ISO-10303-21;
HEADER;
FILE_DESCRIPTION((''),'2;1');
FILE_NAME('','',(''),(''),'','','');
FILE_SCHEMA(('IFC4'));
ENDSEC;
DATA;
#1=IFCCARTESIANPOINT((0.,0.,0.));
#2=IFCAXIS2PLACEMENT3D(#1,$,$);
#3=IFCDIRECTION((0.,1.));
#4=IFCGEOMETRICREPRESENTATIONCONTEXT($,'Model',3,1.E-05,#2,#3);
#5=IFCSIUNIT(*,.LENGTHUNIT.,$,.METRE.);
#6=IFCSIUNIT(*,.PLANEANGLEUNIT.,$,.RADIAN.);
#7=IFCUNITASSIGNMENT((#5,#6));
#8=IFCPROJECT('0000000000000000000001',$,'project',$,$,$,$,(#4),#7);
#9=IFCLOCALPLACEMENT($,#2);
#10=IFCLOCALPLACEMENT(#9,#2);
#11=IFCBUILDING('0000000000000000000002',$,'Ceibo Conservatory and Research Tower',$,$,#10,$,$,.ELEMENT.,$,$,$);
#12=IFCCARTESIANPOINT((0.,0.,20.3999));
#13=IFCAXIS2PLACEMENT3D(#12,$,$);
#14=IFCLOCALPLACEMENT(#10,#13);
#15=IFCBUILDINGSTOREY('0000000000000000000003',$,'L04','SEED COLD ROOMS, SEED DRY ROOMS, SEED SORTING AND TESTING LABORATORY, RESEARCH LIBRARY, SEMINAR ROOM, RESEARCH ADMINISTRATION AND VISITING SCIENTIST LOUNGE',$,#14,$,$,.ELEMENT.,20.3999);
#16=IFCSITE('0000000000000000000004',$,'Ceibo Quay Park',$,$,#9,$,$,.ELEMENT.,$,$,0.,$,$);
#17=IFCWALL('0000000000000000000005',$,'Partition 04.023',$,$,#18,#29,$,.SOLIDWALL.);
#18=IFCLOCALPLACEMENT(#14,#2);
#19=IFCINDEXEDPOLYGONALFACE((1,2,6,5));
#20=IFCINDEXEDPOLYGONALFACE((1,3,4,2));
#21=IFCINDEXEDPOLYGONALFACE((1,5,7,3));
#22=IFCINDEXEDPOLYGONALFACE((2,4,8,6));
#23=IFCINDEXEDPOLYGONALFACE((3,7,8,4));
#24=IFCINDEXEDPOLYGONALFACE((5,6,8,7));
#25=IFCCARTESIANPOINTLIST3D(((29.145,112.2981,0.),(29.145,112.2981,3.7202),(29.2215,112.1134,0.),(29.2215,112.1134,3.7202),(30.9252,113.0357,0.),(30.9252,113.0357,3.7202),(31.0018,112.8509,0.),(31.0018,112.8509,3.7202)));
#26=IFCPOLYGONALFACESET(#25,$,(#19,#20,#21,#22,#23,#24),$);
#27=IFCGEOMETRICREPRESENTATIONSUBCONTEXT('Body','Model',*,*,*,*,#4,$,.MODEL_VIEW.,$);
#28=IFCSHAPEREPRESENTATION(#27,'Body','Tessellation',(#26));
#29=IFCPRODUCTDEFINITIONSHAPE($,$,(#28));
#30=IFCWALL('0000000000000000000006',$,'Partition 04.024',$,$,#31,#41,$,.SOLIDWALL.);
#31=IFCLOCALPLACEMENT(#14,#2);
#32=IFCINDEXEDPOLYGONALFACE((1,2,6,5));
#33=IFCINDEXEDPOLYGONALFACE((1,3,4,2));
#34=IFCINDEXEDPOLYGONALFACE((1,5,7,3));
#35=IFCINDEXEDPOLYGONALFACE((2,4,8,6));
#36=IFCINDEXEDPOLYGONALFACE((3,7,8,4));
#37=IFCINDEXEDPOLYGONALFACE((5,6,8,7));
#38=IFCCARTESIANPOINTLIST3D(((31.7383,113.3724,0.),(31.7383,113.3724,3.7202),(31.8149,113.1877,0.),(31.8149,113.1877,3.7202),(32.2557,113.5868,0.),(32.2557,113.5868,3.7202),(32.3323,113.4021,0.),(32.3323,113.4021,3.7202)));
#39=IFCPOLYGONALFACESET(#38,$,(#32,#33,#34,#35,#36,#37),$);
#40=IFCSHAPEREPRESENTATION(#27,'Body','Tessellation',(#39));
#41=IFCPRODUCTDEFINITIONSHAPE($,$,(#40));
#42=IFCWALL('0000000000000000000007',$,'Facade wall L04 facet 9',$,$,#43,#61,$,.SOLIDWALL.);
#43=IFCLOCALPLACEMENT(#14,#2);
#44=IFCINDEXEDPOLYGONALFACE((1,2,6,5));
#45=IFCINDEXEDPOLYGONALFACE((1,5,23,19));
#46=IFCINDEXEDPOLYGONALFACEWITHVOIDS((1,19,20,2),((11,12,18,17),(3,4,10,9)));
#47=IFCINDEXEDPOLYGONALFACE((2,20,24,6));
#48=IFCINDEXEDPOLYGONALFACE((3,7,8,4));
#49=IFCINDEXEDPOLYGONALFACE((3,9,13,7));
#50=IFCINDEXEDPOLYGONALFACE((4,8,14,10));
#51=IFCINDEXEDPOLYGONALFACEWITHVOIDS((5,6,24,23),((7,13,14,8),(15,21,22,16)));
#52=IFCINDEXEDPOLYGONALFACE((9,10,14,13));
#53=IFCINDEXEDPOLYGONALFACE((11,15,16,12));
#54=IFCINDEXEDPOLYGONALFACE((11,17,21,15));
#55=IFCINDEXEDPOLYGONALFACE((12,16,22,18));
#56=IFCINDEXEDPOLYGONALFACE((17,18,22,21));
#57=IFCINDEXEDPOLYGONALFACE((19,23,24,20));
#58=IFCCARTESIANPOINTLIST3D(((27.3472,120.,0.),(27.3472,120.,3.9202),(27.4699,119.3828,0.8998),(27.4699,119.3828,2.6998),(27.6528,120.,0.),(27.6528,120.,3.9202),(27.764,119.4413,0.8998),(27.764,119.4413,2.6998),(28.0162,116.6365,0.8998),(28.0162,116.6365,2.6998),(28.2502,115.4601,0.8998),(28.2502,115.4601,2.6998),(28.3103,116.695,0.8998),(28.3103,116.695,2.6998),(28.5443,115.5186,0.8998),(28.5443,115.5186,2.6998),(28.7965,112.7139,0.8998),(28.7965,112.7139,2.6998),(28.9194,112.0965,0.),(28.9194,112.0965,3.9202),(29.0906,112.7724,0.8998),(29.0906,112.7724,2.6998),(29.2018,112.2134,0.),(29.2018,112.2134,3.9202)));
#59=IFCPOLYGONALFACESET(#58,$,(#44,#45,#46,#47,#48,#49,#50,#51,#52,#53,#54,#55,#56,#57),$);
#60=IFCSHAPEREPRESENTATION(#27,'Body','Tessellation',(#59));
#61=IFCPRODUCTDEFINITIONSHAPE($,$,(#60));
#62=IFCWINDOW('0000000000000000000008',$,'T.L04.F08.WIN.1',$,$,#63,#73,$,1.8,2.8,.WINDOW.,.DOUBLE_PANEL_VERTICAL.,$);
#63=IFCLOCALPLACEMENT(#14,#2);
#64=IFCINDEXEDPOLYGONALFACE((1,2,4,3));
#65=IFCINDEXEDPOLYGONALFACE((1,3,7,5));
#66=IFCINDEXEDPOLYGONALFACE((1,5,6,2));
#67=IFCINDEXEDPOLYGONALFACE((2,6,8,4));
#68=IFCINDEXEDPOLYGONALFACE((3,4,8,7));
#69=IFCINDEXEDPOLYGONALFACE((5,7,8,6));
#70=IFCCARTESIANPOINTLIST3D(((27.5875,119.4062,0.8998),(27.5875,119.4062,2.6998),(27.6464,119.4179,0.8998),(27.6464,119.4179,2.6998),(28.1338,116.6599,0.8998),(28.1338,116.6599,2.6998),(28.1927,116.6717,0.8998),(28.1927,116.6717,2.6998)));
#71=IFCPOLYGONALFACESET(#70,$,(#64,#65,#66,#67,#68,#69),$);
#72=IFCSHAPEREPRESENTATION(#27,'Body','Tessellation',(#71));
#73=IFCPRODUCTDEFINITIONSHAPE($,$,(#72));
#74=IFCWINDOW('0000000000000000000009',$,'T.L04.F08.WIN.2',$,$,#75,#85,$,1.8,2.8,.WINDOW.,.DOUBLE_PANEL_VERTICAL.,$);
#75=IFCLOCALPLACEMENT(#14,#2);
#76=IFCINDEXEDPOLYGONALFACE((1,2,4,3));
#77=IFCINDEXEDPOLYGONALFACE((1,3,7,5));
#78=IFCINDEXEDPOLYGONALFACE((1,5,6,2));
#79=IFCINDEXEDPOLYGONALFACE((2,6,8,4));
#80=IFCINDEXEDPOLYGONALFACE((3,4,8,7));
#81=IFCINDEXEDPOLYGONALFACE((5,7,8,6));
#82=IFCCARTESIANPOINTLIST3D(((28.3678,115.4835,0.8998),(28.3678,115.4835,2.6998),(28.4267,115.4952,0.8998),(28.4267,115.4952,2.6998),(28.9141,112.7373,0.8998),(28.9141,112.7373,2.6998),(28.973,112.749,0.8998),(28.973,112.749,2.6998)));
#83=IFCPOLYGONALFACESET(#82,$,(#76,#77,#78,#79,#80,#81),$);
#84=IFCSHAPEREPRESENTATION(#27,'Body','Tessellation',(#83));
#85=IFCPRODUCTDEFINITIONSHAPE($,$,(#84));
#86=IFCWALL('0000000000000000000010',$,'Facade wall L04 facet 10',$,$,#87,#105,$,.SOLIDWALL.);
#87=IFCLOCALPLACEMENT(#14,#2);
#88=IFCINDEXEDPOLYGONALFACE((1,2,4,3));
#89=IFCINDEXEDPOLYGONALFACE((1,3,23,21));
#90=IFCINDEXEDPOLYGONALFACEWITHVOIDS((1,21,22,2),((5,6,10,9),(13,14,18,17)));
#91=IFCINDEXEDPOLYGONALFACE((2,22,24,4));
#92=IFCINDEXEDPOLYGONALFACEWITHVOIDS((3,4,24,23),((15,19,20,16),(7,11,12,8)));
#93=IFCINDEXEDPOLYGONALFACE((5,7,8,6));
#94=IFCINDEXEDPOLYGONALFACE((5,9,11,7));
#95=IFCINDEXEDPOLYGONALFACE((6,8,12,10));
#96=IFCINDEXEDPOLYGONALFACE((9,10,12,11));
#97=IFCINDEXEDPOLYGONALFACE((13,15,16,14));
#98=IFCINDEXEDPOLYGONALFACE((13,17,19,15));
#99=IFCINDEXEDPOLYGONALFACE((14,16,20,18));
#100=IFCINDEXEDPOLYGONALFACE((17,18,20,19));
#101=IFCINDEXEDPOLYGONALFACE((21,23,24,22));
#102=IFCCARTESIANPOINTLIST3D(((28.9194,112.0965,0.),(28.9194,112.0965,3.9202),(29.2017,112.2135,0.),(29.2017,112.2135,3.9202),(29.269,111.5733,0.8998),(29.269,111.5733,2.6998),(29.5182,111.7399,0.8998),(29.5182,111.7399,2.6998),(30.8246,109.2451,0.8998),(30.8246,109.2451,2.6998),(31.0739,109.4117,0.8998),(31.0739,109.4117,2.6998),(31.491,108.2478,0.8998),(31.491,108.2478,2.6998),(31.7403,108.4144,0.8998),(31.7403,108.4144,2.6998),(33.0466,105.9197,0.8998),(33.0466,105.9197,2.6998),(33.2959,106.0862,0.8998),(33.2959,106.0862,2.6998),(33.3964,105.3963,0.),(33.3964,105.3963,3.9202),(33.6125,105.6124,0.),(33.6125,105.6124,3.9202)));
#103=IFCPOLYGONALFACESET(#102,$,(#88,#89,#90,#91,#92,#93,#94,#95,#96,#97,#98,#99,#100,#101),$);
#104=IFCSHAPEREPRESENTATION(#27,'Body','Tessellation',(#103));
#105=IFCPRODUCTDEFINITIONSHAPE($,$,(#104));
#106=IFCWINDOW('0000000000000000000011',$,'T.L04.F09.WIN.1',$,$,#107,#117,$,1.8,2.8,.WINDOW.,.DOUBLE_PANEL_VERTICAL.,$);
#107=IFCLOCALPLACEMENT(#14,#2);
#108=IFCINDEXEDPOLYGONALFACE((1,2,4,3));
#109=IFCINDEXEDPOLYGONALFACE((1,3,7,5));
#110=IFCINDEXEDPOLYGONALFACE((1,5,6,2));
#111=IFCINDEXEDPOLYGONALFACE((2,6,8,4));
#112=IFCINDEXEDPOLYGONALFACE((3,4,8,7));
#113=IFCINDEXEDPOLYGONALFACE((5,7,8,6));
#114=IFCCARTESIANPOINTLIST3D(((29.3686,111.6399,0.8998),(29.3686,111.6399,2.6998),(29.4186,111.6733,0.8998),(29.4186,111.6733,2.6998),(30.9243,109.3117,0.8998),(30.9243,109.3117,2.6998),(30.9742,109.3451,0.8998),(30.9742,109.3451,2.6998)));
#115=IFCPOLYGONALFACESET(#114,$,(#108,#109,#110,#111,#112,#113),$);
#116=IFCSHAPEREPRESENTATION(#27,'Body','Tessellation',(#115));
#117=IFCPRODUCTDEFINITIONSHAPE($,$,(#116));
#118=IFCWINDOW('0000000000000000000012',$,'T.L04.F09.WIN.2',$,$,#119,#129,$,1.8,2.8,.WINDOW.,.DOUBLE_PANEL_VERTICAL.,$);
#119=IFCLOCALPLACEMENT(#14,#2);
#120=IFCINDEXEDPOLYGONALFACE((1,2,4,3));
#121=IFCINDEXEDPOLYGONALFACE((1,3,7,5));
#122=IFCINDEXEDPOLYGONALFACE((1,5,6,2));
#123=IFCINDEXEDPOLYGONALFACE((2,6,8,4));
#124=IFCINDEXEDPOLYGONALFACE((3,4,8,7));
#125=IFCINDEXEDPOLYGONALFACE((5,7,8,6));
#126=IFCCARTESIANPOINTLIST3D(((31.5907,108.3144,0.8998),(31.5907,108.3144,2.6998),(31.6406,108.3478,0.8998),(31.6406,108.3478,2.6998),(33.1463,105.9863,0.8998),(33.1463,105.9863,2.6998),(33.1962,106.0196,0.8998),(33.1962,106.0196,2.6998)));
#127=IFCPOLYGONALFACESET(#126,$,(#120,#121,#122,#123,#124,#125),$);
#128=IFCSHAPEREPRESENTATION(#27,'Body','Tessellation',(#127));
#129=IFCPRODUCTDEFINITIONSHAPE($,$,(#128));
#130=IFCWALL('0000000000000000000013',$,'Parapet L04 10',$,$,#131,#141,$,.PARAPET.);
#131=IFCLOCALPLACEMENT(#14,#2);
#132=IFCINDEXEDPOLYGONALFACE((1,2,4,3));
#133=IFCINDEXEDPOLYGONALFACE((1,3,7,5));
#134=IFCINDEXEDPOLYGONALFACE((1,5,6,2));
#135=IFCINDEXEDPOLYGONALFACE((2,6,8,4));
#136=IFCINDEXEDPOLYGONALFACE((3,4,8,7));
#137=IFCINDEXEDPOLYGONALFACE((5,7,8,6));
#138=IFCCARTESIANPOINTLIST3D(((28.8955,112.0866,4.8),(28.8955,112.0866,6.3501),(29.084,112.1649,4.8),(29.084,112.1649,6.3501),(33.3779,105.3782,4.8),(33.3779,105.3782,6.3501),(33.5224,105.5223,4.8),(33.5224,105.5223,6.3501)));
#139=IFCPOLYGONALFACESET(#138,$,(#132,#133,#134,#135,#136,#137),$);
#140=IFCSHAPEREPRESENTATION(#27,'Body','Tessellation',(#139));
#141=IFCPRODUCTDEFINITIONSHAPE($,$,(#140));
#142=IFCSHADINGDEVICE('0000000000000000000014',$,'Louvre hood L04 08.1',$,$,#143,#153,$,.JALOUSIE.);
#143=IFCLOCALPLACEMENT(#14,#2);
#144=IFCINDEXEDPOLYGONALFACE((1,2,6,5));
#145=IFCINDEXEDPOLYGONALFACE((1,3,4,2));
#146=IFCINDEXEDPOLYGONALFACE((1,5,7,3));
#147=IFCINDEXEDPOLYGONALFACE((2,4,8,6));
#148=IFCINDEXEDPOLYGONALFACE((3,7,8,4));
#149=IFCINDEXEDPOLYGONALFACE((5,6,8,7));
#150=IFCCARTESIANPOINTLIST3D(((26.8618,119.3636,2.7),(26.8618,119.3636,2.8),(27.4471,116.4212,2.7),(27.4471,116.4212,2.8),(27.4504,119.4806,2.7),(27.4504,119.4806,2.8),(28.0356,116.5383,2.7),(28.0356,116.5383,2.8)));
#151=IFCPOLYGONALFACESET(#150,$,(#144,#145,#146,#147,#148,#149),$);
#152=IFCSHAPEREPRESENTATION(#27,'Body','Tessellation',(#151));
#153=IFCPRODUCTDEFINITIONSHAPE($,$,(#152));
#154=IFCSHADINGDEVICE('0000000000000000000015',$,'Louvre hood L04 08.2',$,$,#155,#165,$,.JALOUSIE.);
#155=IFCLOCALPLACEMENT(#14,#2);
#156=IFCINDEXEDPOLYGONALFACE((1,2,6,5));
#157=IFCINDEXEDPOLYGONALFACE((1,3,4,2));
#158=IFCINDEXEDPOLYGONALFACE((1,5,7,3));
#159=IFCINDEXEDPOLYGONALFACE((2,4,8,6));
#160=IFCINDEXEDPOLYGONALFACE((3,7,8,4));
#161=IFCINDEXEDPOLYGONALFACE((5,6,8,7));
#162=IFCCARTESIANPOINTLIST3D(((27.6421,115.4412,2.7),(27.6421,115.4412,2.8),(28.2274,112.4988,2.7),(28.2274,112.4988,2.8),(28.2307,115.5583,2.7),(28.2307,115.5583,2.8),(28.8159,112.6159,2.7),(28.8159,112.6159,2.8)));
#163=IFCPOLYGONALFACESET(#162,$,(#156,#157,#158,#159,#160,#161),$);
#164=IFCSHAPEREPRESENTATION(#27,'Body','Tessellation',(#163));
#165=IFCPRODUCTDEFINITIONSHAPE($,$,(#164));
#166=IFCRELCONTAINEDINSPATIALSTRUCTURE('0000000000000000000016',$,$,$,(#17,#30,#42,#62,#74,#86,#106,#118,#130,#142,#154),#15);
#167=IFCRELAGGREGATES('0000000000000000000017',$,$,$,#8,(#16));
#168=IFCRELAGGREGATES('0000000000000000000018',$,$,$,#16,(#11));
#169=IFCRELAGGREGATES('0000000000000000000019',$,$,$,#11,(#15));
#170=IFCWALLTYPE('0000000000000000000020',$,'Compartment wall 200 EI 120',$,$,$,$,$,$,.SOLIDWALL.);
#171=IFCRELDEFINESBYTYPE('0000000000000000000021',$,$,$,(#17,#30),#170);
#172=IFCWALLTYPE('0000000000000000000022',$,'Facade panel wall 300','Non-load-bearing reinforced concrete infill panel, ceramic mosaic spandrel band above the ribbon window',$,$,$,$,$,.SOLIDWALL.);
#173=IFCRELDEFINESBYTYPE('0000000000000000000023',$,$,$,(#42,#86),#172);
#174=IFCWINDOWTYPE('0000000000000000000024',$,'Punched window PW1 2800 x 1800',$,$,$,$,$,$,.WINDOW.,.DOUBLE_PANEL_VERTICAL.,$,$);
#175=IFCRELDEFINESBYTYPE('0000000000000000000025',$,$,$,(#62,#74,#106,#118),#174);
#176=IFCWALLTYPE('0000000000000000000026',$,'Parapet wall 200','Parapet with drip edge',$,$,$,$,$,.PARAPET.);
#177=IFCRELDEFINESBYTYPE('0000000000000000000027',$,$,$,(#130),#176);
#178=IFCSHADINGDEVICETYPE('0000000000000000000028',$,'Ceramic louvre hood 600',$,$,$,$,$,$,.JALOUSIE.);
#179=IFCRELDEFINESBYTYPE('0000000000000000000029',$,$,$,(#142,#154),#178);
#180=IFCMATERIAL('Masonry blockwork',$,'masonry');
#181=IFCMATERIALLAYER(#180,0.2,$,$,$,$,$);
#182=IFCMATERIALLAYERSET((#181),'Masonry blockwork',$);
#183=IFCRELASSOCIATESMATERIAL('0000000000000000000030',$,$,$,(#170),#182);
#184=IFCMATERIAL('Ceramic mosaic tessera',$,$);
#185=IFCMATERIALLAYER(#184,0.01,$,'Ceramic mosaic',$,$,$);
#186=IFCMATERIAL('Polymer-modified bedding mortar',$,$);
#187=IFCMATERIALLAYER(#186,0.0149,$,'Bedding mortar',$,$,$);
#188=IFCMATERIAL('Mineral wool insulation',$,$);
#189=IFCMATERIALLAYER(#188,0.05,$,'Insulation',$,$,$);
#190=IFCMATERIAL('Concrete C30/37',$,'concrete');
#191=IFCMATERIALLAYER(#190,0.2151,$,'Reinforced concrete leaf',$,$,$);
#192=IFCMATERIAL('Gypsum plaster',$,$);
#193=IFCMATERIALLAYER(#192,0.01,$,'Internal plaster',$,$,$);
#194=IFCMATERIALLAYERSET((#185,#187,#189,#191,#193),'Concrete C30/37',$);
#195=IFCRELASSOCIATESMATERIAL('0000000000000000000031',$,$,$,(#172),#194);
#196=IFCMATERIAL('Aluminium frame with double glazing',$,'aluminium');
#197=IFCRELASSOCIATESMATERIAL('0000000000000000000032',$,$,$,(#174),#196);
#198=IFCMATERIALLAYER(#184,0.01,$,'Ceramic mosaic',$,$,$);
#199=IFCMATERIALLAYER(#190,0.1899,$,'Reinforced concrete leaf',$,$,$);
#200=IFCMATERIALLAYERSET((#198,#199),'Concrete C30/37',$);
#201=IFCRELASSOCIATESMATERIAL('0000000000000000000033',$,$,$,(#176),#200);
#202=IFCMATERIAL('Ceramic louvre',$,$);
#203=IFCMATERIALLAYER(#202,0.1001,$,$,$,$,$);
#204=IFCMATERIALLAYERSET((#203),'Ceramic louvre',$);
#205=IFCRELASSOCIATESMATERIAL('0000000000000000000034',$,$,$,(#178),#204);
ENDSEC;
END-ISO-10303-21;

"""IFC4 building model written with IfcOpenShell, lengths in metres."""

from ifc_helpers import new_model, si_unit, direction, frame, frame_2d, origin, origin_2d, place, context, subcontext, project, spatial, polyline, rectangle, outline, extrude, material, layer, layer_set, type_object, element, fill, save


model = new_model("IFC4")

# Units and contexts
model_context = context("Model", 3, precision=1e-05, world=origin(), true_north=direction((0.0, 1.0)))
body_context = subcontext(model_context, "Body", "Model", "MODEL_VIEW")
ifc_project = project(units=[si_unit("LENGTHUNIT", "METRE"), si_unit("PLANEANGLEUNIT", "RADIAN")], contexts=[model_context])

# Site, building, storey
site_placement = place(None, origin())
site = spatial("IfcSite", under=ifc_project, at=site_placement, Name="Ceibo Quay Park", CompositionType="ELEMENT", RefElevation=0.0)
building_placement = place(site_placement, origin())
building = spatial("IfcBuilding", under=site, at=building_placement, Name="Ceibo Conservatory and Research Tower", CompositionType="ELEMENT")
storey_placement = place(building_placement, frame((0.0, 0.0, 20.3999)))
storey = spatial("IfcBuildingStorey", under=building, at=storey_placement, Name="L04", Description="SEED COLD ROOMS, SEED DRY ROOMS, SEED SORTING AND TESTING LABORATORY, RESEARCH LIBRARY, SEMINAR ROOM, RESEARCH ADMINISTRATION AND VISITING SCIENTIST LOUNGE", CompositionType="ELEMENT", Elevation=20.3999)

# Walls
ifc_material_1 = material(Name="Masonry blockwork", Category="masonry")
ifc_layer_1 = layer(ifc_material_1, 0.2)
ifc_layer_set_1 = layer_set([ifc_layer_1], Name="Masonry blockwork")
wall_type_1 = type_object("IfcWallType", Name="Compartment wall 200 EI 120", PredefinedType="SOLIDWALL", material=ifc_layer_set_1)
wall_1_placement = place(storey_placement, frame((29.1833, 112.2058, 0.0), z_axis=(0.0, 0.0, 1.0), x_axis=(0.923855, 0.382743, 0.0)))
element("IfcWall", 1, at=wall_1_placement, inside=storey, type_object=wall_type_1, Name="Partition 04.023", PredefinedType="SOLIDWALL", context=body_context, shape_type="SweptSolid", body=[
    extrude(rectangle(XDim=1.927, YDim=0.2, at=frame_2d((0.9634, 0.0))), origin(), (0.0, 0.0, 1.0), 3.7202),
])
wall_2_placement = place(storey_placement, frame((31.7766, 113.28, 0.0), z_axis=(0.0, 0.0, 1.0), x_axis=(0.923836, 0.382788, 0.0)))
element("IfcWall", 2, at=wall_2_placement, inside=storey, type_object=wall_type_1, Name="Partition 04.024", PredefinedType="SOLIDWALL", context=body_context, shape_type="SweptSolid", body=[
    extrude(rectangle(XDim=0.5601, YDim=0.2, at=frame_2d((0.28, 0.0))), origin(), (0.0, 0.0, 1.0), 3.7202),
])

# Walls, openings, windows
ifc_material_2 = material(Name="Ceramic mosaic tessera")
ifc_layer_2 = layer(ifc_material_2, 0.01, Name="Ceramic mosaic")
ifc_material_3 = material(Name="Polymer-modified bedding mortar")
ifc_layer_3 = layer(ifc_material_3, 0.0149, Name="Bedding mortar")
ifc_material_4 = material(Name="Mineral wool insulation")
ifc_layer_4 = layer(ifc_material_4, 0.05, Name="Insulation")
ifc_material_5 = material(Name="Concrete C30/37", Category="concrete")
ifc_layer_5 = layer(ifc_material_5, 0.2151, Name="Reinforced concrete leaf")
ifc_material_6 = material(Name="Gypsum plaster")
ifc_layer_6 = layer(ifc_material_6, 0.01, Name="Internal plaster")
ifc_layer_set_2 = layer_set([ifc_layer_2, ifc_layer_3, ifc_layer_4, ifc_layer_5, ifc_layer_6], Name="Concrete C30/37")
wall_type_2 = type_object("IfcWallType", Name="Facade panel wall 300", Description="Non-load-bearing reinforced concrete infill panel, ceramic mosaic spandrel band above the ribbon window", PredefinedType="SOLIDWALL", material=ifc_layer_set_2)
wall_3_placement = place(storey_placement, frame((27.5, 120.0, 0.0), z_axis=(0.0, 0.0, 1.0), x_axis=(0.195101, -0.980783, 0.0)))
wall_3 = element("IfcWall", 3, at=wall_3_placement, inside=storey, type_object=wall_type_2, Name="Facade wall L04 facet 9", PredefinedType="SOLIDWALL", context=body_context, shape_type="SweptSolid", body=[
    extrude(outline(polyline([(-0.0298, -0.1499), (8.0286, -0.1499), (7.969, 0.1499), (0.0298, 0.1499), (-0.0298, -0.1499)])), origin(), (0.0, 0.0, 1.0), 3.9202),
])
opening_1_placement = place(wall_3_placement, frame((0.5996, 0.0, 0.8999)))
opening_1 = element("IfcOpeningElement", 4, at=opening_1_placement, cuts=wall_3, PredefinedType="OPENING", context=body_context, shape_type="SweptSolid", body=[
    extrude(rectangle(XDim=2.8, YDim=1.8, at=frame_2d((1.3999, 0.8999))), frame((0.0, 0.1599, 0.0), z_axis=(0.0, -1.0, 0.0), x_axis=(1.0, 0.0, 0.0)), (0.0, 0.0, 1.0), 0.3201),
])
opening_2_placement = place(wall_3_placement, frame((4.5991, 0.0, 0.8999)))
opening_2 = element("IfcOpeningElement", 5, at=opening_2_placement, cuts=wall_3, PredefinedType="OPENING", context=body_context, shape_type="SweptSolid", body=[
    extrude(rectangle(XDim=2.8, YDim=1.8, at=frame_2d((1.3999, 0.8999))), frame((0.0, 0.1599, 0.0), z_axis=(0.0, -1.0, 0.0), x_axis=(1.0, 0.0, 0.0)), (0.0, 0.0, 1.0), 0.3201),
])
ifc_material_7 = material(Name="Aluminium frame with double glazing", Category="aluminium")
window_type = type_object("IfcWindowType", Name="Punched window PW1 2800 x 1800", PartitioningType="DOUBLE_PANEL_VERTICAL", PredefinedType="WINDOW", material=ifc_material_7)
window_1_placement = place(opening_1_placement, origin())
window_1 = element("IfcWindow", 6, at=window_1_placement, inside=storey, type_object=window_type, Name="T.L04.F08.WIN.1", OverallHeight=1.8, OverallWidth=2.8, PartitioningType="DOUBLE_PANEL_VERTICAL", PredefinedType="WINDOW", context=body_context, shape_type="SweptSolid", body=[
    extrude(rectangle(XDim=2.8, YDim=1.8, at=frame_2d((1.3999, 0.8999))), frame((0.0, 0.03, 0.0), z_axis=(0.0, -1.0, 0.0), x_axis=(1.0, 0.0, 0.0)), (0.0, 0.0, 1.0), 0.0601),
])
fill(opening_1, window_1)
window_2_placement = place(opening_2_placement, origin())
window_2 = element("IfcWindow", 7, at=window_2_placement, inside=storey, type_object=window_type, Name="T.L04.F08.WIN.2", OverallHeight=1.8, OverallWidth=2.8, PartitioningType="DOUBLE_PANEL_VERTICAL", PredefinedType="WINDOW", context=body_context, shape_type="SweptSolid", body=[
    extrude(rectangle(XDim=2.8, YDim=1.8, at=frame_2d((1.3999, 0.8999))), frame((0.0, 0.03, 0.0), z_axis=(0.0, -1.0, 0.0), x_axis=(1.0, 0.0, 0.0)), (0.0, 0.0, 1.0), 0.0601),
])
fill(opening_2, window_2)
wall_4_placement = place(storey_placement, frame((29.0605, 112.155, 0.0), z_axis=(0.0, 0.0, 1.0), x_axis=(0.555573, -0.831468, 0.0)))
wall_4 = element("IfcWall", 8, at=wall_4_placement, inside=storey, type_object=wall_type_2, Name="Facade wall L04 facet 10", PredefinedType="SOLIDWALL", context=body_context, shape_type="SweptSolid", body=[
    extrude(outline(polyline([(-0.0298, -0.1499), (8.0286, -0.1499), (7.969, 0.1499), (0.0298, 0.1499), (-0.0298, -0.1499)])), origin(), (0.0, 0.0, 1.0), 3.9202),
])
opening_3_placement = place(wall_4_placement, frame((0.5996, 0.0, 0.8999)))
opening_3 = element("IfcOpeningElement", 9, at=opening_3_placement, cuts=wall_4, PredefinedType="OPENING", context=body_context, shape_type="SweptSolid", body=[
    extrude(rectangle(XDim=2.8, YDim=1.8, at=frame_2d((1.3999, 0.8999))), frame((0.0, 0.1599, 0.0), z_axis=(0.0, -1.0, 0.0), x_axis=(1.0, 0.0, 0.0)), (0.0, 0.0, 1.0), 0.3201),
])
opening_4_placement = place(wall_4_placement, frame((4.5991, 0.0, 0.8999)))
opening_4 = element("IfcOpeningElement", 10, at=opening_4_placement, cuts=wall_4, PredefinedType="OPENING", context=body_context, shape_type="SweptSolid", body=[
    extrude(rectangle(XDim=2.8, YDim=1.8, at=frame_2d((1.3999, 0.8999))), frame((0.0, 0.1599, 0.0), z_axis=(0.0, -1.0, 0.0), x_axis=(1.0, 0.0, 0.0)), (0.0, 0.0, 1.0), 0.3201),
])
window_3_placement = place(opening_3_placement, origin())
window_3 = element("IfcWindow", 11, at=window_3_placement, inside=storey, type_object=window_type, Name="T.L04.F09.WIN.1", OverallHeight=1.8, OverallWidth=2.8, PartitioningType="DOUBLE_PANEL_VERTICAL", PredefinedType="WINDOW", context=body_context, shape_type="SweptSolid", body=[
    extrude(rectangle(XDim=2.8, YDim=1.8, at=frame_2d((1.3999, 0.8999))), frame((0.0, 0.03, 0.0), z_axis=(0.0, -1.0, 0.0), x_axis=(1.0, 0.0, 0.0)), (0.0, 0.0, 1.0), 0.0601),
])
fill(opening_3, window_3)
window_4_placement = place(opening_4_placement, origin())
window_4 = element("IfcWindow", 12, at=window_4_placement, inside=storey, type_object=window_type, Name="T.L04.F09.WIN.2", OverallHeight=1.8, OverallWidth=2.8, PartitioningType="DOUBLE_PANEL_VERTICAL", PredefinedType="WINDOW", context=body_context, shape_type="SweptSolid", body=[
    extrude(rectangle(XDim=2.8, YDim=1.8, at=frame_2d((1.3999, 0.8999))), frame((0.0, 0.03, 0.0), z_axis=(0.0, -1.0, 0.0), x_axis=(1.0, 0.0, 0.0)), (0.0, 0.0, 1.0), 0.0601),
])
fill(opening_4, window_4)

# Wall
ifc_layer_7 = layer(ifc_material_2, 0.01, Name="Ceramic mosaic")
ifc_layer_8 = layer(ifc_material_5, 0.1899, Name="Reinforced concrete leaf")
ifc_layer_set_3 = layer_set([ifc_layer_7, ifc_layer_8], Name="Concrete C30/37")
wall_type_3 = type_object("IfcWallType", Name="Parapet wall 200", Description="Parapet with drip edge", PredefinedType="PARAPET", material=ifc_layer_set_3)
wall_5_placement = place(storey_placement, frame((28.9897, 112.1257, 4.8), z_axis=(0.0, 0.0, 1.0), x_axis=(0.55557, -0.83147, 0.0)))
element("IfcWall", 13, at=wall_5_placement, inside=storey, type_object=wall_type_3, Name="Parapet L04 10", PredefinedType="PARAPET", context=body_context, shape_type="SweptSolid", body=[
    extrude(outline(polyline([(-0.0198, -0.1001), (8.0483, -0.1001), (8.0088, 0.1001), (0.0198, 0.1001), (-0.0198, -0.1001)])), origin(), (0.0, 0.0, 1.0), 1.55),
])

# Shading devices
ifc_material_8 = material(Name="Ceramic louvre")
ifc_layer_9 = layer(ifc_material_8, 0.1001)
ifc_layer_set_4 = layer_set([ifc_layer_9], Name="Ceramic louvre")
shading_device_type = type_object("IfcShadingDeviceType", Name="Ceramic louvre hood 600", PredefinedType="JALOUSIE", material=ifc_layer_set_4)
for number, where, z_axis, x_axis, name in (
    (14, (27.4487, 117.9509, 2.7), (0.0, 0.0, 1.0), (0.19509, -0.980785, 0.0), "Louvre hood L04 08.1"),
    (15, (28.229, 114.0286, 2.7), (0.0, 0.0, 1.0), (0.19509, -0.980785, 0.0), "Louvre hood L04 08.2"),
):
    element("IfcShadingDevice", number, at=place(storey_placement, frame(where, z_axis=z_axis, x_axis=x_axis)), inside=storey, type_object=shading_device_type, Name=name, PredefinedType="JALOUSIE", context=body_context, shape_type="SweptSolid", body=[
        extrude(rectangle(XDim=3.0, YDim=0.6001, at=origin_2d()), origin(), (0.0, 0.0, 1.0), 0.1001),
    ])

save(model, "model.ifc")
